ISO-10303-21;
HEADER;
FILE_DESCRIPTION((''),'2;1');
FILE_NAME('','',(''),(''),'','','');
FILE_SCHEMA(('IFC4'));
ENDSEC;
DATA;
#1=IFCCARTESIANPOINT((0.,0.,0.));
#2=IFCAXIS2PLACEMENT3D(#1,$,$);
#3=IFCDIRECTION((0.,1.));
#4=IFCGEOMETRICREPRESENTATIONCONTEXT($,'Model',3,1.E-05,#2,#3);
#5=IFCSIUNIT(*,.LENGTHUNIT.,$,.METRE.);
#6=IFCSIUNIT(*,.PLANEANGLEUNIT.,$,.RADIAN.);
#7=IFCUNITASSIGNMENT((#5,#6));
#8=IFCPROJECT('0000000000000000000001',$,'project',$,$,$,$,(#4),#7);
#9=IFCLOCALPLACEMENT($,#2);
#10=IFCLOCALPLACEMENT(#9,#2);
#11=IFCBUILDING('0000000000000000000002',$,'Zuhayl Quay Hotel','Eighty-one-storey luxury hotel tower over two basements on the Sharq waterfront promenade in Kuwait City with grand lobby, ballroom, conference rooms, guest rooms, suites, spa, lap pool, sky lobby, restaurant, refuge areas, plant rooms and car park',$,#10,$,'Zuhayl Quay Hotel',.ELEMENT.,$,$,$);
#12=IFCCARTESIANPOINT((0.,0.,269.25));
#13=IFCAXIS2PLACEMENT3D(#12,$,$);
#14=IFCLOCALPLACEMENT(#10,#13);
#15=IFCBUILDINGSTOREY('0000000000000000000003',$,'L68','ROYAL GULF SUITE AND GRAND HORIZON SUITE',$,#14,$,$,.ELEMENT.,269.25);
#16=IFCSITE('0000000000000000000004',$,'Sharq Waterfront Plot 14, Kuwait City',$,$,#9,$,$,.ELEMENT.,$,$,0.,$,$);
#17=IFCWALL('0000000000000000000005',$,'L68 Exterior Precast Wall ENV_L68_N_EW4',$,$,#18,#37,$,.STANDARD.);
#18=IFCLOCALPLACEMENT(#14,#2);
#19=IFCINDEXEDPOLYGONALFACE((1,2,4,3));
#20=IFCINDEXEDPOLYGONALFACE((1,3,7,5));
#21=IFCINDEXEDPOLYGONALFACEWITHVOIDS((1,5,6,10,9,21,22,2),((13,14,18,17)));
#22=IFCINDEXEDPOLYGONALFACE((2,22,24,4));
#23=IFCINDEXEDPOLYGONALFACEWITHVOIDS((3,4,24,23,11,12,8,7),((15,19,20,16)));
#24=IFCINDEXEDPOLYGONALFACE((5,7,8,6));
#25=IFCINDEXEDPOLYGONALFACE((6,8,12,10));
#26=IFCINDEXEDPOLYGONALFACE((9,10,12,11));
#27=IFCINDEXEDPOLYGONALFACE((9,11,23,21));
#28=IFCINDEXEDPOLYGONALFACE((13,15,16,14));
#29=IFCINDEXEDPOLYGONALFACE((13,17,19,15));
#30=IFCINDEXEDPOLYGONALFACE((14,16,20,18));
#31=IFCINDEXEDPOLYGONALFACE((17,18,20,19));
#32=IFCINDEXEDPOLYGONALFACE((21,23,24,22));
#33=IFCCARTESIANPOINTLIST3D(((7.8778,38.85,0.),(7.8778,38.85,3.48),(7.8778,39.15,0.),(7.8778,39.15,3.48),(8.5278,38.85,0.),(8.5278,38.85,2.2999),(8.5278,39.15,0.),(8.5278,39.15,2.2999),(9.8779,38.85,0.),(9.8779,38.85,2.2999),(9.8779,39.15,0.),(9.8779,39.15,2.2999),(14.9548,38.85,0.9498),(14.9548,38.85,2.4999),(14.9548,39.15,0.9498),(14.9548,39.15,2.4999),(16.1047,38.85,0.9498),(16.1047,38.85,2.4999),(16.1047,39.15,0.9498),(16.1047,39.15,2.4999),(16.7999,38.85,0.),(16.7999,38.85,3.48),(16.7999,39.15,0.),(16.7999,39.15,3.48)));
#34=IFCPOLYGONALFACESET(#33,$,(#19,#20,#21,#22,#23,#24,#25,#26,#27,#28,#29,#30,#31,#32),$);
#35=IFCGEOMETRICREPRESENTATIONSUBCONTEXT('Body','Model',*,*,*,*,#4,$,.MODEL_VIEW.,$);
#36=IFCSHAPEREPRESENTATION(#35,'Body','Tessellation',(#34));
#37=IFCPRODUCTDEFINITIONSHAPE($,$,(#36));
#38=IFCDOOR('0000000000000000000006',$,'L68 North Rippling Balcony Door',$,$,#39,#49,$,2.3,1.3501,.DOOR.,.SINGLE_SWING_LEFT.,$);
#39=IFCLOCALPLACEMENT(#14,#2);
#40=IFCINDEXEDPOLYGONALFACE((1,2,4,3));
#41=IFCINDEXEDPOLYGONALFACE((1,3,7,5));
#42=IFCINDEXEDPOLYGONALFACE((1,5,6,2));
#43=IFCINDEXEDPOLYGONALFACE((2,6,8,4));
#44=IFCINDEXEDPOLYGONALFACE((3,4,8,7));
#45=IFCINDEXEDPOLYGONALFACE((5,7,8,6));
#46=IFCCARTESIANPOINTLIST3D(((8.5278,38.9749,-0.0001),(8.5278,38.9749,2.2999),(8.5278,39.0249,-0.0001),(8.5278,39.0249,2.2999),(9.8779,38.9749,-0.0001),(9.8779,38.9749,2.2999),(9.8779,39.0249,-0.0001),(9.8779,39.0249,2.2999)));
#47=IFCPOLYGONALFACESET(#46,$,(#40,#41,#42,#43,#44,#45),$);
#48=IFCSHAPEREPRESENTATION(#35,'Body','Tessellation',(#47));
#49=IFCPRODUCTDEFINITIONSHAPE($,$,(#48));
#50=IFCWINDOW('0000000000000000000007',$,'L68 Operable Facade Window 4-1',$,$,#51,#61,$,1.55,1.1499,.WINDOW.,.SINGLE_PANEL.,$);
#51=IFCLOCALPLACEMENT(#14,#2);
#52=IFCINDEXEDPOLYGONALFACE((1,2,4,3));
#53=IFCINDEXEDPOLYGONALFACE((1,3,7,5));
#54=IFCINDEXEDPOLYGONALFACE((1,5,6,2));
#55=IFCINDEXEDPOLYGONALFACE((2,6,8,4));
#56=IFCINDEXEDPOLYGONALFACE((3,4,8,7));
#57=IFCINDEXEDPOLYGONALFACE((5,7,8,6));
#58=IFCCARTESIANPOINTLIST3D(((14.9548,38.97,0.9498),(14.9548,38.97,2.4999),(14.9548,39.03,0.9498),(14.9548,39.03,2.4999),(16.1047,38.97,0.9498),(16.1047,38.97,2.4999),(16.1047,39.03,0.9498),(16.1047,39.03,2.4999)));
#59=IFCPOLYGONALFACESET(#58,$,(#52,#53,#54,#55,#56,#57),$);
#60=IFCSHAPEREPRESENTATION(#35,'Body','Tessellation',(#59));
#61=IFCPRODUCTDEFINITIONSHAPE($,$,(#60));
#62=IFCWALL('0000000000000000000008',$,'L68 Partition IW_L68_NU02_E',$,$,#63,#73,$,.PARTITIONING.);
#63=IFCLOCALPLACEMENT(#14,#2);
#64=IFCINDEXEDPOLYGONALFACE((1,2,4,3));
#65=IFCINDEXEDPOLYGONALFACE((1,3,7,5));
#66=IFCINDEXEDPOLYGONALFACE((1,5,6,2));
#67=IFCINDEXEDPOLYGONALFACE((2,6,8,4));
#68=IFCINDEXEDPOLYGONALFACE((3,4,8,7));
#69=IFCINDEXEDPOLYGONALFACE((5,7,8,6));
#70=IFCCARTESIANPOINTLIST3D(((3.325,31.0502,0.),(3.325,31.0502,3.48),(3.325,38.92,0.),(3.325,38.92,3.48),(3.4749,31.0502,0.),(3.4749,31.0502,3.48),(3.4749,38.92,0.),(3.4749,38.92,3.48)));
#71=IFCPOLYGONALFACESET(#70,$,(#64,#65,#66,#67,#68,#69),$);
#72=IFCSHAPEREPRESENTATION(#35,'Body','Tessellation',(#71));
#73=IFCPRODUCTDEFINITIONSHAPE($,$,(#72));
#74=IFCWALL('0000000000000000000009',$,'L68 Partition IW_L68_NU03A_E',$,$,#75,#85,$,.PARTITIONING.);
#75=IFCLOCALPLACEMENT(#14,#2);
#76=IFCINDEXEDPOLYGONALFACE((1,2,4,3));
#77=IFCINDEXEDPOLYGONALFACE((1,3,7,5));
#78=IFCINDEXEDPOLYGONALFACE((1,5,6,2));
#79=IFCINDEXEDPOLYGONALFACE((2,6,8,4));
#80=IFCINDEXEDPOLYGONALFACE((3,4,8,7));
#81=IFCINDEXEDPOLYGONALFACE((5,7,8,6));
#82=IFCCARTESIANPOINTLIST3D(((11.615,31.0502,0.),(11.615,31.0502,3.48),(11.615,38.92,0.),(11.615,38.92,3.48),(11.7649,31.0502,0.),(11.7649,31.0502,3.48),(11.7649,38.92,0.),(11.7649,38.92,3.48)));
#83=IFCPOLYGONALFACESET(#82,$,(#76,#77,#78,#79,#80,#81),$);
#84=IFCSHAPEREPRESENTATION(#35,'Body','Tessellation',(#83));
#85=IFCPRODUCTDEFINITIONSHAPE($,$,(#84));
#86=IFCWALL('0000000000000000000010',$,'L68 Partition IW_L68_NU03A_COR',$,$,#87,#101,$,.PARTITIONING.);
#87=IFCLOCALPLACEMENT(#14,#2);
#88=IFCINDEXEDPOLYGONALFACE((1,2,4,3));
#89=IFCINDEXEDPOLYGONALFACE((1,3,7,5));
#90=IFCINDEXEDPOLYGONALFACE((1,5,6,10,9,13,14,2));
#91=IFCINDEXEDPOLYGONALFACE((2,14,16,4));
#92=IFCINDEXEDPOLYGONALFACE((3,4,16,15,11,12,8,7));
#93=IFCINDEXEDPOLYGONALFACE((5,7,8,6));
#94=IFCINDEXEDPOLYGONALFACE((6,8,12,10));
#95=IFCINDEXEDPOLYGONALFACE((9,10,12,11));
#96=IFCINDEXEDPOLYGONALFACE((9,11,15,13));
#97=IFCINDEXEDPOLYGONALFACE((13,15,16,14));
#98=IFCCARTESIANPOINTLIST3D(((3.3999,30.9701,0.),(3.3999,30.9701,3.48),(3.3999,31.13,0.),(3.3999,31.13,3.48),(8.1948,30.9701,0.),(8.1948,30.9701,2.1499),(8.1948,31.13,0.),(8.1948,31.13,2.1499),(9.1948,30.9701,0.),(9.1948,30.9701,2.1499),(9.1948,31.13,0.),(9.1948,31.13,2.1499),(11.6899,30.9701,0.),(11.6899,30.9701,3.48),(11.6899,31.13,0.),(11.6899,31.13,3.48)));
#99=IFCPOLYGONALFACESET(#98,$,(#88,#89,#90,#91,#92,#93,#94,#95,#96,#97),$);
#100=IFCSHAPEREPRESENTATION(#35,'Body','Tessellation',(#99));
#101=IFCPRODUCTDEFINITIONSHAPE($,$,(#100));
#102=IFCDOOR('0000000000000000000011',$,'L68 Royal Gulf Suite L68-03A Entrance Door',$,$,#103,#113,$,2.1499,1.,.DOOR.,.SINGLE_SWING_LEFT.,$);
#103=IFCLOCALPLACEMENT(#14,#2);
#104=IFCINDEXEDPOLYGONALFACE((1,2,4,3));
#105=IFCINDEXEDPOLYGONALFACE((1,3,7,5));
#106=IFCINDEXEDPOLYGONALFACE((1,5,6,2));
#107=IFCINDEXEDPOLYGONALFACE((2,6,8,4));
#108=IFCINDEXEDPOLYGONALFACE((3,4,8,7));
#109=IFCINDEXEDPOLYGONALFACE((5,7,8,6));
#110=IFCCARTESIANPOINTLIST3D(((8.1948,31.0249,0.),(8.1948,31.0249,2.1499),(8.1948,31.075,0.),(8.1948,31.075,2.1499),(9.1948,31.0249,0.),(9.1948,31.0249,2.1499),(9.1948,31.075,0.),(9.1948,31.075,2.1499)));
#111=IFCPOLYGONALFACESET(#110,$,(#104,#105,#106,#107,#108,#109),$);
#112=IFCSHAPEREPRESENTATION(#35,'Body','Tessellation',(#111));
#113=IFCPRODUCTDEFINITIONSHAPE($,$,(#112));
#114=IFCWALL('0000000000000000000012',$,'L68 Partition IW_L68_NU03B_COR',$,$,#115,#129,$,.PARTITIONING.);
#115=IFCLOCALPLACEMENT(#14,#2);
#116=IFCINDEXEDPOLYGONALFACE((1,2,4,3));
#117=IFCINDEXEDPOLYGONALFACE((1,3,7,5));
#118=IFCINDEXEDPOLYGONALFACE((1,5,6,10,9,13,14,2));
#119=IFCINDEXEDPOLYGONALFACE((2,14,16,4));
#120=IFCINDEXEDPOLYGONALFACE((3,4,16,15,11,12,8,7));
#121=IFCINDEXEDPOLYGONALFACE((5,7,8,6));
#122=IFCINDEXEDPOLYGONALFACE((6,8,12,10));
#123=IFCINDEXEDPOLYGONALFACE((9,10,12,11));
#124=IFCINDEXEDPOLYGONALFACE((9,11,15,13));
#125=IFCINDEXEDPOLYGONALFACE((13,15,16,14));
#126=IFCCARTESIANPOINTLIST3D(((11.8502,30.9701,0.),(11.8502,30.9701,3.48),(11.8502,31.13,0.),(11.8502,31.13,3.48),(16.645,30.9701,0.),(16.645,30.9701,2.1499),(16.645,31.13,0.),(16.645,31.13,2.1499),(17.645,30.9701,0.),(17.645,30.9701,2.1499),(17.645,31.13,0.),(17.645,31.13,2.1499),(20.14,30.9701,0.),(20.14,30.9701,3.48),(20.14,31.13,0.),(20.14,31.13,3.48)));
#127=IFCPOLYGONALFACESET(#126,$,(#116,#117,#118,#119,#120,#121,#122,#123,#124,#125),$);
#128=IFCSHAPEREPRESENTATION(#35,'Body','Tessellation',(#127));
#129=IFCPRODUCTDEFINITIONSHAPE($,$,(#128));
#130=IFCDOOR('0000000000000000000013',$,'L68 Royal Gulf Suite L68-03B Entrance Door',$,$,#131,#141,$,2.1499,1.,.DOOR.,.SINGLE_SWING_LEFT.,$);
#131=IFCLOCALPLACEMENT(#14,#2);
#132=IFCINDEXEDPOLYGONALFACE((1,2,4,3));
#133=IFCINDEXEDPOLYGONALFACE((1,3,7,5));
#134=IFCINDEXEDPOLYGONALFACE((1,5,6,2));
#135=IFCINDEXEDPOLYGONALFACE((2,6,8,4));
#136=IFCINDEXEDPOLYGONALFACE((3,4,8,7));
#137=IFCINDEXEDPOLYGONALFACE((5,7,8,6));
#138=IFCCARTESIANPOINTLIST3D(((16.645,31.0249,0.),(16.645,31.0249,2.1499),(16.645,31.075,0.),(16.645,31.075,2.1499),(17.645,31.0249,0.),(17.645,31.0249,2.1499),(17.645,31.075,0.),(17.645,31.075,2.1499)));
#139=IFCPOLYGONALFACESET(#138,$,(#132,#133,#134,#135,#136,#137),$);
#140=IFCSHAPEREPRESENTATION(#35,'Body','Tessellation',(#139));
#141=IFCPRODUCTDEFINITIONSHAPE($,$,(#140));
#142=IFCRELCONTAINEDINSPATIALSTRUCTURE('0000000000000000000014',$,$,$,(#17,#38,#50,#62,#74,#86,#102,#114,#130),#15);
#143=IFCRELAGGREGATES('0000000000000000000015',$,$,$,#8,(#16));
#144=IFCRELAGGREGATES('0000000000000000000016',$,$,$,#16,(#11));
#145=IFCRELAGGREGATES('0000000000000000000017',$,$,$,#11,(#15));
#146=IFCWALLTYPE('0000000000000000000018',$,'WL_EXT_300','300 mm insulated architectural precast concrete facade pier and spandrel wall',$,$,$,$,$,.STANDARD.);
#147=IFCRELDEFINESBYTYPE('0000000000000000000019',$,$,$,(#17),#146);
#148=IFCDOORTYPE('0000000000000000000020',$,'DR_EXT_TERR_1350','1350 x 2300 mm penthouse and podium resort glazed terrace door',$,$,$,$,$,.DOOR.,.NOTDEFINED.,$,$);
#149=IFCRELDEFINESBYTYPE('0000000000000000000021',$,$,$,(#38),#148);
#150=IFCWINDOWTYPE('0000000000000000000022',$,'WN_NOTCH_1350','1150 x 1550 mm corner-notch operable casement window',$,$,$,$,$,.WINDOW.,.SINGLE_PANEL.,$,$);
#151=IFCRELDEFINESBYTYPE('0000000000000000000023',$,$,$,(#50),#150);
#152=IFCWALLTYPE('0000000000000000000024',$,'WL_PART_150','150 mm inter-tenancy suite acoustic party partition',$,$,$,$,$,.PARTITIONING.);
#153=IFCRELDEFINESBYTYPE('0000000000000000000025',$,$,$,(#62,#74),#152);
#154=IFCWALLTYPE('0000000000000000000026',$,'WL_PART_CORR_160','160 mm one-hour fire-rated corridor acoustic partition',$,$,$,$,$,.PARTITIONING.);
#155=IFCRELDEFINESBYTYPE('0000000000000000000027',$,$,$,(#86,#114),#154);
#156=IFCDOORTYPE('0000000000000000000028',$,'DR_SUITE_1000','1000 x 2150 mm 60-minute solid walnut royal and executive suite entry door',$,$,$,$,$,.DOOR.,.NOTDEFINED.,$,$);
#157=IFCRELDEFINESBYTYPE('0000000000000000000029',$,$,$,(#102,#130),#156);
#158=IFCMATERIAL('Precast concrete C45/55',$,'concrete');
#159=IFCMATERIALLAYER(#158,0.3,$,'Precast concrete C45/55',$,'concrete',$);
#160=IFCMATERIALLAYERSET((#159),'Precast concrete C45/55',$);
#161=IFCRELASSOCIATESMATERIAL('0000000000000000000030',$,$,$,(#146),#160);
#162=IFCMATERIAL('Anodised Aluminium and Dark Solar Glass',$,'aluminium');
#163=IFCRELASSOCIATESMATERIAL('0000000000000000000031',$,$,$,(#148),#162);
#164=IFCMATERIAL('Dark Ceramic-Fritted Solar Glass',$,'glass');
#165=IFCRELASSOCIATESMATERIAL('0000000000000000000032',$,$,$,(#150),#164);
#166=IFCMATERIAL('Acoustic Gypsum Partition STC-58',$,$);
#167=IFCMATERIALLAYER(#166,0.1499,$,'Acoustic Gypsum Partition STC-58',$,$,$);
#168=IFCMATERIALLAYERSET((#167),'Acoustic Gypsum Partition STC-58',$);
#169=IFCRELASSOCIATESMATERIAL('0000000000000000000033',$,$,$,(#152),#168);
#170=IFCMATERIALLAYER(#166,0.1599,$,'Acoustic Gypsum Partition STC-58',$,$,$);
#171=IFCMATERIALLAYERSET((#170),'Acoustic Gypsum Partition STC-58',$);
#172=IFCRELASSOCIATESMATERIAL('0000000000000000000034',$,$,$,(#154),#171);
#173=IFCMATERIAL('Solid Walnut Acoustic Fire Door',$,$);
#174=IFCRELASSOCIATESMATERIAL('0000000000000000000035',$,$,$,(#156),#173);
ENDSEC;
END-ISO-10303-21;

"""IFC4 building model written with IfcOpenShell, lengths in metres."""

from ifc_helpers import new_model, si_unit, direction, frame, frame_2d, origin, place, context, subcontext, project, spatial, rectangle, extrude, material, layer, layer_set, type_object, element, fill, save


model = new_model("IFC4")

# Units and contexts
model_context = context("Model", 3, precision=1e-05, world=origin(), true_north=direction((0.0, 1.0)))
body_context = subcontext(model_context, "Body", "Model", "MODEL_VIEW")
ifc_project = project(units=[si_unit("LENGTHUNIT", "METRE"), si_unit("PLANEANGLEUNIT", "RADIAN")], contexts=[model_context])

# Site, building, storey
site_placement = place(None, origin())
site = spatial("IfcSite", under=ifc_project, at=site_placement, Name="Sharq Waterfront Plot 14, Kuwait City", CompositionType="ELEMENT", RefElevation=0.0)
building_placement = place(site_placement, origin())
building = spatial("IfcBuilding", under=site, at=building_placement, Name="Zuhayl Quay Hotel", Description="Eighty-one-storey luxury hotel tower over two basements on the Sharq waterfront promenade in Kuwait City with grand lobby, ballroom, conference rooms, guest rooms, suites, spa, lap pool, sky lobby, restaurant, refuge areas, plant rooms and car park", LongName="Zuhayl Quay Hotel", CompositionType="ELEMENT")
storey_placement = place(building_placement, frame((0.0, 0.0, 269.25)))
storey = spatial("IfcBuildingStorey", under=building, at=storey_placement, Name="L68", Description="ROYAL GULF SUITE AND GRAND HORIZON SUITE", CompositionType="ELEMENT", Elevation=269.25)

# Shared definitions
ifc_material_1 = material(Name="Dark Ceramic-Fritted Solar Glass", Category="glass")

# Wall, openings, door, window
ifc_material_2 = material(Name="Precast concrete C45/55", Category="concrete")
ifc_layer_1 = layer(ifc_material_2, 0.3, Name="Precast concrete C45/55", Category="concrete")
ifc_layer_set_1 = layer_set([ifc_layer_1], Name="Precast concrete C45/55")
wall_type_1 = type_object("IfcWallType", Name="WL_EXT_300", Description="300 mm insulated architectural precast concrete facade pier and spandrel wall", PredefinedType="STANDARD", material=ifc_layer_set_1)
wall_1_placement = place(storey_placement, frame((7.8779, 39.0, 0.0), z_axis=(0.0, 0.0, 1.0), x_axis=(1.0, 0.0, 0.0)))
wall_1 = element("IfcWall", 1, at=wall_1_placement, inside=storey, type_object=wall_type_1, Name="L68 Exterior Precast Wall ENV_L68_N_EW4", PredefinedType="STANDARD", context=body_context, shape_type="SweptSolid", body=[
    extrude(rectangle(XDim=8.9221, YDim=0.3, at=frame_2d((4.4609, 0.0))), origin(), (0.0, 0.0, 1.0), 3.48),
])
opening_1_placement = place(wall_1_placement, frame((0.6499, 0.0, 0.0)))
opening_1 = element("IfcOpeningElement", 2, at=opening_1_placement, cuts=wall_1, PredefinedType="OPENING", context=body_context, shape_type="SweptSolid", body=[
    extrude(rectangle(XDim=1.3501, YDim=2.3, at=frame_2d((0.675, 1.1499))), frame((0.0, 0.1599, 0.0), z_axis=(0.0, -1.0, 0.0), x_axis=(1.0, 0.0, 0.0)), (0.0, 0.0, 1.0), 0.3201),
])
opening_2_placement = place(wall_1_placement, frame((7.0769, 0.0, 0.95)))
opening_2 = element("IfcOpeningElement", 3, at=opening_2_placement, cuts=wall_1, PredefinedType="OPENING", context=body_context, shape_type="SweptSolid", body=[
    extrude(rectangle(XDim=1.1499, YDim=1.55, at=frame_2d((0.575, 0.7749))), frame((0.0, 0.1599, 0.0), z_axis=(0.0, -1.0, 0.0), x_axis=(1.0, 0.0, 0.0)), (0.0, 0.0, 1.0), 0.3201),
])
ifc_material_3 = material(Name="Anodised Aluminium and Dark Solar Glass", Category="aluminium")
door_type_1 = type_object("IfcDoorType", Name="DR_EXT_TERR_1350", Description="1350 x 2300 mm penthouse and podium resort glazed terrace door", OperationType="NOTDEFINED", PredefinedType="DOOR", material=ifc_material_3)
door_1_placement = place(opening_1_placement, origin())
door_1 = element("IfcDoor", 4, at=door_1_placement, inside=storey, type_object=door_type_1, Name="L68 North Rippling Balcony Door", OperationType="SINGLE_SWING_LEFT", OverallHeight=2.3, OverallWidth=1.3501, PredefinedType="DOOR", context=body_context, shape_type="SweptSolid", body=[
    extrude(rectangle(XDim=1.3501, YDim=2.3, at=frame_2d((0.675, 1.1499))), frame((0.0, 0.0249, 0.0), z_axis=(0.0, -1.0, 0.0), x_axis=(1.0, 0.0, 0.0)), (0.0, 0.0, 1.0), 0.05),
])
fill(opening_1, door_1)
window_type = type_object("IfcWindowType", Name="WN_NOTCH_1350", Description="1150 x 1550 mm corner-notch operable casement window", PartitioningType="SINGLE_PANEL", PredefinedType="WINDOW", material=ifc_material_1)
window_placement = place(opening_2_placement, origin())
window = element("IfcWindow", 5, at=window_placement, inside=storey, type_object=window_type, Name="L68 Operable Facade Window 4-1", OverallHeight=1.55, OverallWidth=1.1499, PartitioningType="SINGLE_PANEL", PredefinedType="WINDOW", context=body_context, shape_type="SweptSolid", body=[
    extrude(rectangle(XDim=1.1499, YDim=1.55, at=frame_2d((0.575, 0.7749))), frame((0.0, 0.03, 0.0), z_axis=(0.0, -1.0, 0.0), x_axis=(1.0, 0.0, 0.0)), (0.0, 0.0, 1.0), 0.0601),
])
fill(opening_2, window)

# Walls
ifc_material_4 = material(Name="Acoustic Gypsum Partition STC-58")
ifc_layer_2 = layer(ifc_material_4, 0.1499, Name="Acoustic Gypsum Partition STC-58")
ifc_layer_set_2 = layer_set([ifc_layer_2], Name="Acoustic Gypsum Partition STC-58")
wall_type_2 = type_object("IfcWallType", Name="WL_PART_150", Description="150 mm inter-tenancy suite acoustic party partition", PredefinedType="PARTITIONING", material=ifc_layer_set_2)
for number, where, z_axis, x_axis, name in (
    (6, (3.3999, 31.05, 0.0), (0.0, 0.0, 1.0), (0.0, 1.0, 0.0), "L68 Partition IW_L68_NU02_E"),
    (7, (11.6899, 31.05, 0.0), (0.0, 0.0, 1.0), (0.0, 1.0, 0.0), "L68 Partition IW_L68_NU03A_E"),
):
    element("IfcWall", number, at=place(storey_placement, frame(where, z_axis=z_axis, x_axis=x_axis)), inside=storey, type_object=wall_type_2, Name=name, PredefinedType="PARTITIONING", context=body_context, shape_type="SweptSolid", body=[
        extrude(rectangle(XDim=7.8699, YDim=0.1499, at=frame_2d((3.9351, 0.0))), origin(), (0.0, 0.0, 1.0), 3.48),
    ])

# Walls, openings, doors
ifc_layer_3 = layer(ifc_material_4, 0.1599, Name="Acoustic Gypsum Partition STC-58")
ifc_layer_set_3 = layer_set([ifc_layer_3], Name="Acoustic Gypsum Partition STC-58")
wall_type_3 = type_object("IfcWallType", Name="WL_PART_CORR_160", Description="160 mm one-hour fire-rated corridor acoustic partition", PredefinedType="PARTITIONING", material=ifc_layer_set_3)
wall_2_placement = place(storey_placement, frame((3.3999, 31.05, 0.0), z_axis=(0.0, 0.0, 1.0), x_axis=(1.0, 0.0, 0.0)))
wall_2 = element("IfcWall", 8, at=wall_2_placement, inside=storey, type_object=wall_type_3, Name="L68 Partition IW_L68_NU03A_COR", PredefinedType="PARTITIONING", context=body_context, shape_type="SweptSolid", body=[
    extrude(rectangle(XDim=8.29, YDim=0.1599, at=frame_2d((4.145, 0.0))), origin(), (0.0, 0.0, 1.0), 3.48),
])
opening_3_placement = place(wall_2_placement, frame((4.7949, 0.0, 0.0)))
opening_3 = element("IfcOpeningElement", 9, at=opening_3_placement, cuts=wall_2, PredefinedType="OPENING", context=body_context, shape_type="SweptSolid", body=[
    extrude(rectangle(XDim=1.0, YDim=2.1499, at=frame_2d((0.5, 1.075))), frame((0.0, 0.0898, 0.0), z_axis=(0.0, -1.0, 0.0), x_axis=(1.0, 0.0, 0.0)), (0.0, 0.0, 1.0), 0.1799),
])
ifc_material_5 = material(Name="Solid Walnut Acoustic Fire Door")
door_type_2 = type_object("IfcDoorType", Name="DR_SUITE_1000", Description="1000 x 2150 mm 60-minute solid walnut royal and executive suite entry door", OperationType="NOTDEFINED", PredefinedType="DOOR", material=ifc_material_5)
door_2_placement = place(opening_3_placement, origin())
door_2 = element("IfcDoor", 10, at=door_2_placement, inside=storey, type_object=door_type_2, Name="L68 Royal Gulf Suite L68-03A Entrance Door", OperationType="SINGLE_SWING_LEFT", OverallHeight=2.1499, OverallWidth=1.0, PredefinedType="DOOR", context=body_context, shape_type="SweptSolid", body=[
    extrude(rectangle(XDim=1.0, YDim=2.1499, at=frame_2d((0.5, 1.075))), frame((0.0, 0.0249, 0.0), z_axis=(0.0, -1.0, 0.0), x_axis=(1.0, 0.0, 0.0)), (0.0, 0.0, 1.0), 0.05),
])
fill(opening_3, door_2)
wall_3_placement = place(storey_placement, frame((11.8501, 31.05, 0.0), z_axis=(0.0, 0.0, 1.0), x_axis=(1.0, 0.0, 0.0)))
wall_3 = element("IfcWall", 11, at=wall_3_placement, inside=storey, type_object=wall_type_3, Name="L68 Partition IW_L68_NU03B_COR", PredefinedType="PARTITIONING", context=body_context, shape_type="SweptSolid", body=[
    extrude(rectangle(XDim=8.2898, YDim=0.1599, at=frame_2d((4.145, 0.0))), origin(), (0.0, 0.0, 1.0), 3.48),
])
opening_4_placement = place(wall_3_placement, frame((4.7949, 0.0, 0.0)))
opening_4 = element("IfcOpeningElement", 12, at=opening_4_placement, cuts=wall_3, PredefinedType="OPENING", context=body_context, shape_type="SweptSolid", body=[
    extrude(rectangle(XDim=1.0, YDim=2.1499, at=frame_2d((0.5, 1.075))), frame((0.0, 0.0898, 0.0), z_axis=(0.0, -1.0, 0.0), x_axis=(1.0, 0.0, 0.0)), (0.0, 0.0, 1.0), 0.1799),
])
door_3_placement = place(opening_4_placement, origin())
door_3 = element("IfcDoor", 13, at=door_3_placement, inside=storey, type_object=door_type_2, Name="L68 Royal Gulf Suite L68-03B Entrance Door", OperationType="SINGLE_SWING_LEFT", OverallHeight=2.1499, OverallWidth=1.0, PredefinedType="DOOR", context=body_context, shape_type="SweptSolid", body=[
    extrude(rectangle(XDim=1.0, YDim=2.1499, at=frame_2d((0.5, 1.075))), frame((0.0, 0.0249, 0.0), z_axis=(0.0, -1.0, 0.0), x_axis=(1.0, 0.0, 0.0)), (0.0, 0.0, 1.0), 0.05),
])
fill(opening_4, door_3)

save(model, "model.ifc")
